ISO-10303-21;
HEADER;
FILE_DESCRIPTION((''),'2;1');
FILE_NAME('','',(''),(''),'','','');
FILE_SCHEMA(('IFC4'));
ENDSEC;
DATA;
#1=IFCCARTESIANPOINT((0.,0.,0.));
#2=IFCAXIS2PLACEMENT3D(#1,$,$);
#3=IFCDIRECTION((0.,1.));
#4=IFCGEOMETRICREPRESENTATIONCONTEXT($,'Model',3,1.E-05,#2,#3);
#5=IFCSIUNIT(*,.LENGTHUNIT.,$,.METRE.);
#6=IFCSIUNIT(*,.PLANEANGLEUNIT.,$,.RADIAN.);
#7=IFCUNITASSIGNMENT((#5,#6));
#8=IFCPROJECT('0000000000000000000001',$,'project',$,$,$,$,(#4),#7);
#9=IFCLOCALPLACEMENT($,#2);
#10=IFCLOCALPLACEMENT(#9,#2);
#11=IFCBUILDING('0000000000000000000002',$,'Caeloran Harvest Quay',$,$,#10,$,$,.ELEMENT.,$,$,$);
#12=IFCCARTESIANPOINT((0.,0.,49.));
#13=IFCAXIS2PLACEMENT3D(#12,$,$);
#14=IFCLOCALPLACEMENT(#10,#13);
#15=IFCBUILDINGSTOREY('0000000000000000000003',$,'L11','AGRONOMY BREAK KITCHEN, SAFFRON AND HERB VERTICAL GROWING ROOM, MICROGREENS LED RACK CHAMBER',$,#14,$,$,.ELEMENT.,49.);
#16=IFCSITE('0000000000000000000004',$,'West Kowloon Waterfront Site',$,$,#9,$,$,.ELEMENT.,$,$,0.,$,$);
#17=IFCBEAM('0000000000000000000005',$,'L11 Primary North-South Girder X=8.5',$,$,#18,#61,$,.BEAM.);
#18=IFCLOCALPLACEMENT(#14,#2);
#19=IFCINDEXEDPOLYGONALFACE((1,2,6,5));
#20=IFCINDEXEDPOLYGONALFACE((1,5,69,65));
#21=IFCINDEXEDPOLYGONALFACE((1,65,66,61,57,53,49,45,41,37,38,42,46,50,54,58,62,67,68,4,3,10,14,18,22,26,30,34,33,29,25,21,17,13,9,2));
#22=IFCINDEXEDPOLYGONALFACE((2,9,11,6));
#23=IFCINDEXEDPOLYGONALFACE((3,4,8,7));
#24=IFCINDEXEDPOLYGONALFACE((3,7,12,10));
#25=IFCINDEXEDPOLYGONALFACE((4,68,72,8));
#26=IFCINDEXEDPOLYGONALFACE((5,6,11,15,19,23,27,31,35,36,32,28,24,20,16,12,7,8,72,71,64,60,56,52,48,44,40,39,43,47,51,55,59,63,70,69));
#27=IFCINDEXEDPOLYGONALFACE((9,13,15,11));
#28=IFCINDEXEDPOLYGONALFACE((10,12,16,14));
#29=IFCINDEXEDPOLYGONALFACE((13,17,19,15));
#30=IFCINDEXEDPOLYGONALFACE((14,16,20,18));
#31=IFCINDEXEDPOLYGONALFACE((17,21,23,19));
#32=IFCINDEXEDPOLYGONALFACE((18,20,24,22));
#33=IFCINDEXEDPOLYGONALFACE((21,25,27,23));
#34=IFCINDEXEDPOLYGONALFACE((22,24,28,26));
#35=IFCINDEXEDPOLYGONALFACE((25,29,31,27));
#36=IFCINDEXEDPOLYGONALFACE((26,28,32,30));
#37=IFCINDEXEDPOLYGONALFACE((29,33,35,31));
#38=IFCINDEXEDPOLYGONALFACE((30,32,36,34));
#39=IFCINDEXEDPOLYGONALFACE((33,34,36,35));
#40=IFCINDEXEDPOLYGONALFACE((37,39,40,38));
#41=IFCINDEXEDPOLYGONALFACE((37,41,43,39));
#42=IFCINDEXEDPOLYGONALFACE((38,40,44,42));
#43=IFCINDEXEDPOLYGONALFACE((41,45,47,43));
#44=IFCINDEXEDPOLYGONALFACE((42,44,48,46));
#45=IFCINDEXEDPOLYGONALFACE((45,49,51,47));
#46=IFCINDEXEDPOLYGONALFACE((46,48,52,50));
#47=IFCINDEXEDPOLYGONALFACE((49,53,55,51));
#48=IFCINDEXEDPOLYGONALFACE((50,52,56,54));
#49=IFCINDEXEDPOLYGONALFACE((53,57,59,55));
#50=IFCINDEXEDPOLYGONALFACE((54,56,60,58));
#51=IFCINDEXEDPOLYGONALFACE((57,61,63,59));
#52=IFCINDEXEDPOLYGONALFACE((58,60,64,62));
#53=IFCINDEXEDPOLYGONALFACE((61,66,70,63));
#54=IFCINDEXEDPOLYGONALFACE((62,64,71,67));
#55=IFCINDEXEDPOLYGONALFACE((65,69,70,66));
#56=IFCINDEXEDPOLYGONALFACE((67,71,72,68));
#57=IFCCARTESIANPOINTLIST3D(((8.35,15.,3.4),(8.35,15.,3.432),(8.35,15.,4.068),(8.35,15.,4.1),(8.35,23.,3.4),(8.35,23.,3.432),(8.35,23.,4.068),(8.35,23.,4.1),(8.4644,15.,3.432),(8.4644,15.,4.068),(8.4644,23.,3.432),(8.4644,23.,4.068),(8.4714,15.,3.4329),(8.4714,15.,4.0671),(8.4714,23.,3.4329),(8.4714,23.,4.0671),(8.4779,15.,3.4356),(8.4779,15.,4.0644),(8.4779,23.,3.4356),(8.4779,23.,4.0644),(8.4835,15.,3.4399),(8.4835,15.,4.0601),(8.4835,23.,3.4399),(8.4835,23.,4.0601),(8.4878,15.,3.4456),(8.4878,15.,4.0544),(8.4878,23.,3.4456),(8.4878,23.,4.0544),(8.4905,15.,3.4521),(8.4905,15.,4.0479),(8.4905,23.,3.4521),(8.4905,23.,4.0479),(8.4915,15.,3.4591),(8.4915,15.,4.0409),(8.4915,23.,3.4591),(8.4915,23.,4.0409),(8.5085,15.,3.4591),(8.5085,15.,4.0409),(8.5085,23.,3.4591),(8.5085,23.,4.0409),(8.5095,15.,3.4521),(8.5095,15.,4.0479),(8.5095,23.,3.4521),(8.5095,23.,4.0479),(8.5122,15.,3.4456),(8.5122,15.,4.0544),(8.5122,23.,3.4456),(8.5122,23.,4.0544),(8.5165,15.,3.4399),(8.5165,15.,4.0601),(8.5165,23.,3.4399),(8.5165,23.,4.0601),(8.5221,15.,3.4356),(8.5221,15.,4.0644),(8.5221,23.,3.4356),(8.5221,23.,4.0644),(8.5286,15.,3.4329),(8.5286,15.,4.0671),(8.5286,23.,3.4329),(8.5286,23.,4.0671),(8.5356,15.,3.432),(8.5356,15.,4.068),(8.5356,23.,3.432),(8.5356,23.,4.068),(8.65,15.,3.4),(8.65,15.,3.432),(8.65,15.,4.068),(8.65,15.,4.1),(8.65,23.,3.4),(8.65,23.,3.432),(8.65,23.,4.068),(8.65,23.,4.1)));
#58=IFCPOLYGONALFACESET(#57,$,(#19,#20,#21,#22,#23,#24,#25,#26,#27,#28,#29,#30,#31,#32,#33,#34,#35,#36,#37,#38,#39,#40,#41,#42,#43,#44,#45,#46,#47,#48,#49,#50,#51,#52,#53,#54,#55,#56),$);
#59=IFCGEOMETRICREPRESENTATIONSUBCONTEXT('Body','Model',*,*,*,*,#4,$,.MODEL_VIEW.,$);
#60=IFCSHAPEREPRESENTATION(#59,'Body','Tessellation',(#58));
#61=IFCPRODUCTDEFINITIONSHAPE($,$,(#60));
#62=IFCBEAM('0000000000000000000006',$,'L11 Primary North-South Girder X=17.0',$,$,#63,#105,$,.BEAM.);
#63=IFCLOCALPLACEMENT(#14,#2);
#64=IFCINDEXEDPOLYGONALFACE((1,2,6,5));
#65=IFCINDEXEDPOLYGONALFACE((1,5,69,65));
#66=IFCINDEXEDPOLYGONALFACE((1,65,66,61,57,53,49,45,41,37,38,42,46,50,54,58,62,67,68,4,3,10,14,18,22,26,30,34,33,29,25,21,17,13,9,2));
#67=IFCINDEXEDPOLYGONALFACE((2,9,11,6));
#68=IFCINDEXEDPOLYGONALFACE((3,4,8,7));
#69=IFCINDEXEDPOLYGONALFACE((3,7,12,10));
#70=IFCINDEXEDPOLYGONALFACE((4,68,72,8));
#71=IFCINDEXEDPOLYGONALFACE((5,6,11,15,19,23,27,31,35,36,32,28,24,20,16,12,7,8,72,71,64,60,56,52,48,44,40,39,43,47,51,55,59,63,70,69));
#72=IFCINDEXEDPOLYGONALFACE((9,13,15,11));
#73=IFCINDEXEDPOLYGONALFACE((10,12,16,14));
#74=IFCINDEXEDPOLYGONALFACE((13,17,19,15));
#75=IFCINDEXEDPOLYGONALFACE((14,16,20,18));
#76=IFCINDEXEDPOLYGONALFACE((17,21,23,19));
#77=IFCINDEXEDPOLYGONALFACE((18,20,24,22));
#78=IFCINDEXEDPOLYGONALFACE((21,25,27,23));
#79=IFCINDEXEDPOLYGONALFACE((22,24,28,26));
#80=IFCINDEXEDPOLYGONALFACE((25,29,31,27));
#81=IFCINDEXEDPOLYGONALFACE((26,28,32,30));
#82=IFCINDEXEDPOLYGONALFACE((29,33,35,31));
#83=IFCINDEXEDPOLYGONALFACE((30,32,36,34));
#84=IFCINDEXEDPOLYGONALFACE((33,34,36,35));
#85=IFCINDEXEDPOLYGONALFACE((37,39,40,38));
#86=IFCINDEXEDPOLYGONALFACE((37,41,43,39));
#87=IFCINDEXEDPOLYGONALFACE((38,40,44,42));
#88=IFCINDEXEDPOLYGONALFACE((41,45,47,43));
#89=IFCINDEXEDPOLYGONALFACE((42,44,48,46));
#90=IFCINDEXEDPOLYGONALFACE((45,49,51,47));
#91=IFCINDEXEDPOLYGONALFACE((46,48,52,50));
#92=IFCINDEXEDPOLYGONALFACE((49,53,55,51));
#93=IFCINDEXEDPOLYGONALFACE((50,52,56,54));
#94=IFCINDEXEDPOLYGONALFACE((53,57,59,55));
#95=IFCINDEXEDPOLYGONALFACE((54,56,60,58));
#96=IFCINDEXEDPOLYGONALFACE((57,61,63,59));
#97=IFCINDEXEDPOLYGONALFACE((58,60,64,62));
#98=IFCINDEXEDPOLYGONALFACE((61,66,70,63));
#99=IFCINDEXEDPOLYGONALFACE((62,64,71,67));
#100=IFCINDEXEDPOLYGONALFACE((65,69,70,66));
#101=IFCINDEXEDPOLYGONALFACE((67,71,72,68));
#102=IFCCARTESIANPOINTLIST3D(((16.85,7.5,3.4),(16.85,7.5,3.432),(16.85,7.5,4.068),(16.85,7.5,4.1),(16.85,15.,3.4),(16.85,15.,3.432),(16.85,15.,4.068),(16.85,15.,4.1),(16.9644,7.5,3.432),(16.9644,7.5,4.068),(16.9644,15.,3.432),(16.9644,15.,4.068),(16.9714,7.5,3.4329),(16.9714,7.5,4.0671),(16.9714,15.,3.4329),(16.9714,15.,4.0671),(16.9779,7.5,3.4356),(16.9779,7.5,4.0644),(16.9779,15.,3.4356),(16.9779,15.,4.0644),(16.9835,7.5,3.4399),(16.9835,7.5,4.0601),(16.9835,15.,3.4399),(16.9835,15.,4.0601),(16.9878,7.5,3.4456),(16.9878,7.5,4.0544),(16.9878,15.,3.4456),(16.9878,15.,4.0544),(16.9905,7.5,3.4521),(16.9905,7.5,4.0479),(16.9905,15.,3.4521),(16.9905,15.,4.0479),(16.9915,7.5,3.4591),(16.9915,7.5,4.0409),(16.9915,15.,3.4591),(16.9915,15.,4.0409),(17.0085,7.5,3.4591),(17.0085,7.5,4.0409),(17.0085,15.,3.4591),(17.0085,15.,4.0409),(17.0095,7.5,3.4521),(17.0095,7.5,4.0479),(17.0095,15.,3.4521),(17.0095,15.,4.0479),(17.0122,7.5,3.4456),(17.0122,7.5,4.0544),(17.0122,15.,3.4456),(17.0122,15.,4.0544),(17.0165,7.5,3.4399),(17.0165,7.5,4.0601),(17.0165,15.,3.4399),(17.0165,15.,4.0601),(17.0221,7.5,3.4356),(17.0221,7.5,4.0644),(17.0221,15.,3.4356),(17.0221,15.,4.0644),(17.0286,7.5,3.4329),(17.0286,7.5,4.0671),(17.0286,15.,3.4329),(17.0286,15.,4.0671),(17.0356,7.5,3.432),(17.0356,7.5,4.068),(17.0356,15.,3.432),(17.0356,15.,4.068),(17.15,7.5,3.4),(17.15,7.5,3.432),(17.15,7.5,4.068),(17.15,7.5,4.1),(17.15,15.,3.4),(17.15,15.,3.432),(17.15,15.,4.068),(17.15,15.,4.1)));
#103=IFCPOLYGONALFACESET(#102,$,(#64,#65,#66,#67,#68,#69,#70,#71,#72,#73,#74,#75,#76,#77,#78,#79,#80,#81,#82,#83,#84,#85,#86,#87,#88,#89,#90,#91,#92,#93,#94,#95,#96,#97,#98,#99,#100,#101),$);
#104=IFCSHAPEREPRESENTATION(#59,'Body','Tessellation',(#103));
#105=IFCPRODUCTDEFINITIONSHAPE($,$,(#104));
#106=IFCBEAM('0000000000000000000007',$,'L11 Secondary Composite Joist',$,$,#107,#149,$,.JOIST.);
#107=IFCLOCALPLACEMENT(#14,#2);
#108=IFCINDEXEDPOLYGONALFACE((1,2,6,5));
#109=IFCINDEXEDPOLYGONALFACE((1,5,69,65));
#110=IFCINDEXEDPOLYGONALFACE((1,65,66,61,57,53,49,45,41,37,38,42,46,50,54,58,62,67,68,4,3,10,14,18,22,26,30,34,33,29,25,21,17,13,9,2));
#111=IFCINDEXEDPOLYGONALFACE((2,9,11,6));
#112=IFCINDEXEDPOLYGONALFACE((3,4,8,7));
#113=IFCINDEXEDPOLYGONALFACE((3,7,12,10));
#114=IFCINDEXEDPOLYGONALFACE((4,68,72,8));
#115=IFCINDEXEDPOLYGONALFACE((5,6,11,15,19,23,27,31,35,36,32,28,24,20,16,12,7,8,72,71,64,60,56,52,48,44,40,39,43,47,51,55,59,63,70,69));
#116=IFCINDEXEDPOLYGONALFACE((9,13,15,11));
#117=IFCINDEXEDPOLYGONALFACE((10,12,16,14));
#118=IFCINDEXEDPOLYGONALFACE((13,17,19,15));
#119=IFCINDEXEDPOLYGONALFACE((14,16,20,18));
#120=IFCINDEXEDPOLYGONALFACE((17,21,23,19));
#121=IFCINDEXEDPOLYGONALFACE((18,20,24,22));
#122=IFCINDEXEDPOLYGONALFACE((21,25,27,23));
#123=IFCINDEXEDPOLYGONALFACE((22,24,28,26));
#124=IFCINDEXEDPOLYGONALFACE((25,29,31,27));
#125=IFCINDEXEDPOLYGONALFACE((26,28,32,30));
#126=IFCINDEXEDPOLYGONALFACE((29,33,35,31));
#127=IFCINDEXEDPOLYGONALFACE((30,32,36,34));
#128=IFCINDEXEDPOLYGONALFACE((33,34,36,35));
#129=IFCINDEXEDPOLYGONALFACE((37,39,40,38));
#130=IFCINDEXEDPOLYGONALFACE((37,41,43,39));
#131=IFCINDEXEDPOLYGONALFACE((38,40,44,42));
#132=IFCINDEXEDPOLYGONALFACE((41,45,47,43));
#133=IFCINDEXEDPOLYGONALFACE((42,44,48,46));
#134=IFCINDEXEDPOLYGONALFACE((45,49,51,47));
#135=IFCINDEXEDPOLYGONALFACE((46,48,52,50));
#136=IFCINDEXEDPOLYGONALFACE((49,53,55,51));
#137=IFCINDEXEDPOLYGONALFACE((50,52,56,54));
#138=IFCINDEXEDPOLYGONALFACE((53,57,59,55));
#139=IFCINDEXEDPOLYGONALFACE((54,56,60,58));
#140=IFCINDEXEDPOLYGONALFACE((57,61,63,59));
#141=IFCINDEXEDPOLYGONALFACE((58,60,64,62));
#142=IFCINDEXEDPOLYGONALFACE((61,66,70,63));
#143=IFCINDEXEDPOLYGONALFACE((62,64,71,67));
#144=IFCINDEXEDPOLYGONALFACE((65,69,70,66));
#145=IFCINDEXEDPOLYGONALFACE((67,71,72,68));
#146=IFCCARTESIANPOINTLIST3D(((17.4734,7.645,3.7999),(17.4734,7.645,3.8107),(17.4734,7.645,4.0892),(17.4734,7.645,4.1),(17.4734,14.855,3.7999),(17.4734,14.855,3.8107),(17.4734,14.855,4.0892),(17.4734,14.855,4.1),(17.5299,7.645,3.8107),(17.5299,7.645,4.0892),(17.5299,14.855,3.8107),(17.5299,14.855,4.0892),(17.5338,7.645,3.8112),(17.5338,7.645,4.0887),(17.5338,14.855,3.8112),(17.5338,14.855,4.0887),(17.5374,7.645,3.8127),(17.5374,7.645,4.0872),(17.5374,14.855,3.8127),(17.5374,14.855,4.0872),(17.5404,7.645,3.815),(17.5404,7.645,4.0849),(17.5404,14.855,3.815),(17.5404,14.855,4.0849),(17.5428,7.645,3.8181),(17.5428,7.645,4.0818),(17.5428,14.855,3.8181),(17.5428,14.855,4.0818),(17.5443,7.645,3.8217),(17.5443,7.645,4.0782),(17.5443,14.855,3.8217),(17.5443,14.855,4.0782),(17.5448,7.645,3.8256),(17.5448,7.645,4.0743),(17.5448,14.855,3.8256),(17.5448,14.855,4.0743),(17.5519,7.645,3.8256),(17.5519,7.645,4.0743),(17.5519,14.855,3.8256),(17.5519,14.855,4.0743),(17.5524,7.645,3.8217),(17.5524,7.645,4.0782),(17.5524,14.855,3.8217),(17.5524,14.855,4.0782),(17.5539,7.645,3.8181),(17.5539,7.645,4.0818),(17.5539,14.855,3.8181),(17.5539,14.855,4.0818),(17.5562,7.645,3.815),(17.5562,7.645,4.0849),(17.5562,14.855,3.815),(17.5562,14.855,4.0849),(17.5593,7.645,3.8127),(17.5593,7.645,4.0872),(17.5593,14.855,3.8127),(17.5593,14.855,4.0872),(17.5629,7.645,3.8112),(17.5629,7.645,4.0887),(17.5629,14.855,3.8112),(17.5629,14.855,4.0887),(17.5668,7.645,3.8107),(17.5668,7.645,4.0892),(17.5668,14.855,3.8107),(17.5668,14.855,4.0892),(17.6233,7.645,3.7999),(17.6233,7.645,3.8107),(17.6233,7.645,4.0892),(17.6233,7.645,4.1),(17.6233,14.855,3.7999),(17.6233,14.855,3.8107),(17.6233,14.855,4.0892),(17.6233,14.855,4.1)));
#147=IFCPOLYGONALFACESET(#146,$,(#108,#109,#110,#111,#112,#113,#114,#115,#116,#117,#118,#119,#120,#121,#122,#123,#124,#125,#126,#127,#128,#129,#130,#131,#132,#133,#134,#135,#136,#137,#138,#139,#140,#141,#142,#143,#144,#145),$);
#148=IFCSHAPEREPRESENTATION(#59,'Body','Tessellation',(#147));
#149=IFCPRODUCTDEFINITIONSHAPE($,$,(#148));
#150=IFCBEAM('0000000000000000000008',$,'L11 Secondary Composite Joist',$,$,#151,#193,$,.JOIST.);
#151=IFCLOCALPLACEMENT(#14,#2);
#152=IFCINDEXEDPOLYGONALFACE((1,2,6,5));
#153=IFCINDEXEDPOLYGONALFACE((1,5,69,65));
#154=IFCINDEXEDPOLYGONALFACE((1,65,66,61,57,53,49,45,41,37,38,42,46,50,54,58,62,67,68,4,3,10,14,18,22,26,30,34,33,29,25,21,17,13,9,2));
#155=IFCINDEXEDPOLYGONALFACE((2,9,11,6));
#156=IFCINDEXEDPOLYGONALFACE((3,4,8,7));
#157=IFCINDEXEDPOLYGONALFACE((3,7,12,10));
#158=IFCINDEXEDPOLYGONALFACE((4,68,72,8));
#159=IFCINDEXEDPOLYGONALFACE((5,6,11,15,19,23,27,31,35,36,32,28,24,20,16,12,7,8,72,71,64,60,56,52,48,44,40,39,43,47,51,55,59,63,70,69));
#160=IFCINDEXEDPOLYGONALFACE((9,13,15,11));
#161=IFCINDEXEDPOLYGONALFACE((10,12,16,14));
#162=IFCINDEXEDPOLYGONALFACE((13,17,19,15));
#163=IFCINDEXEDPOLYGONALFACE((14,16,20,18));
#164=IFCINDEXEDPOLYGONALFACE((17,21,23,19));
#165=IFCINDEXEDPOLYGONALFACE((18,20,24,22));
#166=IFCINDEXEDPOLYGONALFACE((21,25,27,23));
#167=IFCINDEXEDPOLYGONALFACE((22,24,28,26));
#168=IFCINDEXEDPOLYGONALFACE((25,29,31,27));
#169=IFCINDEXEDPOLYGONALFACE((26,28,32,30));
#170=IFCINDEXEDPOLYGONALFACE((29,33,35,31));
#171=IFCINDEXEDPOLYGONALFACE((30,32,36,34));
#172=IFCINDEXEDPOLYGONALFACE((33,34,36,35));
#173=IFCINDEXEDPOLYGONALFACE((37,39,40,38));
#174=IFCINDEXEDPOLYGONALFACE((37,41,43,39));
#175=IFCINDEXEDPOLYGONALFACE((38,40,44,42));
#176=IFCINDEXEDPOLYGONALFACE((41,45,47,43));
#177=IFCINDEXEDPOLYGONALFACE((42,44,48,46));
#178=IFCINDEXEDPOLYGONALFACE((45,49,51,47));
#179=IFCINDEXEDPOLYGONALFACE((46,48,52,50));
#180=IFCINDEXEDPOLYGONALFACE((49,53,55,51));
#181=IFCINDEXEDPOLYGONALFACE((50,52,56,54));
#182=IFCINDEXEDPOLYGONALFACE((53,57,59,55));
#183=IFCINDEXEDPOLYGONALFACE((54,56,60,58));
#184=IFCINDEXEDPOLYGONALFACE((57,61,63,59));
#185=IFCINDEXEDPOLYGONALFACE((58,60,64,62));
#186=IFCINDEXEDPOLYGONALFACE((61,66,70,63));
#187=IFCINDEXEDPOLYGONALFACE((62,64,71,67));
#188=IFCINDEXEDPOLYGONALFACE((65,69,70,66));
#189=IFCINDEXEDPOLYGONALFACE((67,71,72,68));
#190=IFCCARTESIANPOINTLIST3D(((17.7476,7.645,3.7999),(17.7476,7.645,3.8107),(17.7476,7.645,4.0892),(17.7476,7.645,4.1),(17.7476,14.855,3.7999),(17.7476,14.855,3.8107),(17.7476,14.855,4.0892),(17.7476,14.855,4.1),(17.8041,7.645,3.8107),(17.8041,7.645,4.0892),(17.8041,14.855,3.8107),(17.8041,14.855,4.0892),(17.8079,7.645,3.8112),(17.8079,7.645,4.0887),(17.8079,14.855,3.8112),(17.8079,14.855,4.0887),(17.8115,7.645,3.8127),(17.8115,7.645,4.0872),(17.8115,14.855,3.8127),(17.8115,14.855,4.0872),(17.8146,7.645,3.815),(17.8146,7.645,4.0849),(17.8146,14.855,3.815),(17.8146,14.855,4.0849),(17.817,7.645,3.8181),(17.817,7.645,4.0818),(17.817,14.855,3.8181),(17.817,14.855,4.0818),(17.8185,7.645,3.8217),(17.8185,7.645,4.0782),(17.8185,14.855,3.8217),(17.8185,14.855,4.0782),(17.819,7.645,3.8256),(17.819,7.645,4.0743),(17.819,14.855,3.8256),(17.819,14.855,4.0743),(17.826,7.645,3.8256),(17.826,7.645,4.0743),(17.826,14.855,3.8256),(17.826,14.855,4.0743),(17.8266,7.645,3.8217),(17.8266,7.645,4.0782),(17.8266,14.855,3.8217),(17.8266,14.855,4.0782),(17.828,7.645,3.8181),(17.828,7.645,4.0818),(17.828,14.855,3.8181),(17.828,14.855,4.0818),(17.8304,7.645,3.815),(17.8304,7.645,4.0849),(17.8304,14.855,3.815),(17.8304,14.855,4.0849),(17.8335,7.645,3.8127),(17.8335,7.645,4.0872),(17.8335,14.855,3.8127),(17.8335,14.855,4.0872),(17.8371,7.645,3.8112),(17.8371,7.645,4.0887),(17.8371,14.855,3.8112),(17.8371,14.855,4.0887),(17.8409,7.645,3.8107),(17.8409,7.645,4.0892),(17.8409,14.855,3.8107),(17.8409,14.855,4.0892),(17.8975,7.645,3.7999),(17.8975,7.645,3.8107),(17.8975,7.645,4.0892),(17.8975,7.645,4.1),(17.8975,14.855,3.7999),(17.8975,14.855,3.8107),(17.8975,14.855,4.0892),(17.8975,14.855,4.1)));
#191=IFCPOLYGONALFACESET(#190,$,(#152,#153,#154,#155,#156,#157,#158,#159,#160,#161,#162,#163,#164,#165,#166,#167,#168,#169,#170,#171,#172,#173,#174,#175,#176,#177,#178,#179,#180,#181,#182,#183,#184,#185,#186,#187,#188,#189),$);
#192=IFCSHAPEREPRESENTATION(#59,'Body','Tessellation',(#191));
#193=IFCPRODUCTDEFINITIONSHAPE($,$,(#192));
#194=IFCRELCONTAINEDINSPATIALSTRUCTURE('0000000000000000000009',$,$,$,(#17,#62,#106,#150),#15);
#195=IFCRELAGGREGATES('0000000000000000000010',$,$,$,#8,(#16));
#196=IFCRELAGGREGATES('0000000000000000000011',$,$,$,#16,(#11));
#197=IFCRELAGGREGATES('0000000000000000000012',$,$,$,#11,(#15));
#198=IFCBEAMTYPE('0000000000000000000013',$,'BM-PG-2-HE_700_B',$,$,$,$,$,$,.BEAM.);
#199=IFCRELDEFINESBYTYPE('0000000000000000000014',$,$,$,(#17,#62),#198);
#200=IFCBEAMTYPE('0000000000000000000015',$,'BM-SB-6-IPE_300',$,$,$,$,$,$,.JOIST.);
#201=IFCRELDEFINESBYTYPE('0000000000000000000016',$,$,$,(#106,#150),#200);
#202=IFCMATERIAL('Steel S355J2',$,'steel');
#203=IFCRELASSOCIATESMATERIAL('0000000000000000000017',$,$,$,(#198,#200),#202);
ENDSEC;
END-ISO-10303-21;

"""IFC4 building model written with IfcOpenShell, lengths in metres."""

from ifc_helpers import new_model, si_unit, direction, frame, origin, origin_2d, place, context, subcontext, project, spatial, i_section, extrude, material, material_profile, profile_set, type_object, element, save


model = new_model("IFC4")

# Units and contexts
model_context = context("Model", 3, precision=1e-05, world=origin(), true_north=direction((0.0, 1.0)))
body_context = subcontext(model_context, "Body", "Model", "MODEL_VIEW")
ifc_project = project(units=[si_unit("LENGTHUNIT", "METRE"), si_unit("PLANEANGLEUNIT", "RADIAN")], contexts=[model_context])

# Site, building, storey
site_placement = place(None, origin())
site = spatial("IfcSite", under=ifc_project, at=site_placement, Name="West Kowloon Waterfront Site", CompositionType="ELEMENT", RefElevation=0.0)
building_placement = place(site_placement, origin())
building = spatial("IfcBuilding", under=site, at=building_placement, Name="Caeloran Harvest Quay", CompositionType="ELEMENT")
storey_placement = place(building_placement, frame((0.0, 0.0, 49.0)))
storey = spatial("IfcBuildingStorey", under=building, at=storey_placement, Name="L11", Description="AGRONOMY BREAK KITCHEN, SAFFRON AND HERB VERTICAL GROWING ROOM, MICROGREENS LED RACK CHAMBER", CompositionType="ELEMENT", Elevation=49.0)

# Beams
ifc_material_1 = material(Name="Steel S355J2", Category="steel")
ifc_material_profile_1 = material_profile(ifc_material_1, i_section(OverallWidth=0.3, OverallDepth=0.7, WebThickness=0.0171, FlangeThickness=0.032, FilletRadius=0.0271, at=origin_2d()), Name="HE 700 B")
ifc_profile_set_1 = profile_set([ifc_material_profile_1], Name="Steel S355J2")
beam_type_1 = type_object("IfcBeamType", Name="BM-PG-2-HE_700_B", PredefinedType="BEAM", material=ifc_profile_set_1)
beam_1_placement = place(storey_placement, frame((8.5, 15.0, 3.75), z_axis=(0.0, 1.0, 0.0), x_axis=(-1.0, 0.0, 0.0)))
element("IfcBeam", 1, at=beam_1_placement, inside=storey, type_object=beam_type_1, Name="L11 Primary North-South Girder X=8.5", PredefinedType="BEAM", context=body_context, shape_type="SweptSolid", body=[
    extrude(i_section(OverallWidth=0.3, OverallDepth=0.7, WebThickness=0.0171, FlangeThickness=0.032, FilletRadius=0.0271, at=origin_2d()), origin(), (0.0, 0.0, 1.0), 8.0),
])
beam_2_placement = place(storey_placement, frame((17.0, 7.5, 3.75), z_axis=(0.0, 1.0, 0.0), x_axis=(-1.0, 0.0, 0.0)))
element("IfcBeam", 2, at=beam_2_placement, inside=storey, type_object=beam_type_1, Name="L11 Primary North-South Girder X=17.0", PredefinedType="BEAM", context=body_context, shape_type="SweptSolid", body=[
    extrude(i_section(OverallWidth=0.3, OverallDepth=0.7, WebThickness=0.0171, FlangeThickness=0.032, FilletRadius=0.0271, at=origin_2d()), origin(), (0.0, 0.0, 1.0), 7.5),
])
ifc_material_profile_2 = material_profile(ifc_material_1, i_section(OverallWidth=0.1499, OverallDepth=0.3, WebThickness=0.0071, FlangeThickness=0.0107, FilletRadius=0.0149, at=origin_2d()), Name="IPE 300")
ifc_profile_set_2 = profile_set([ifc_material_profile_2], Name="Steel S355J2")
beam_type_2 = type_object("IfcBeamType", Name="BM-SB-6-IPE_300", PredefinedType="JOIST", material=ifc_profile_set_2)
for number, where, z_axis, x_axis, name in (
    (3, (17.5483, 7.645, 3.95), (0.0, 1.0, 0.0), (-1.0, 0.0, 0.0), "L11 Secondary Composite Joist"),
    (4, (17.8225, 7.645, 3.95), (0.0, 1.0, 0.0), (-1.0, 0.0, 0.0), "L11 Secondary Composite Joist"),
):
    element("IfcBeam", number, at=place(storey_placement, frame(where, z_axis=z_axis, x_axis=x_axis)), inside=storey, type_object=beam_type_2, Name=name, PredefinedType="JOIST", context=body_context, shape_type="SweptSolid", body=[
        extrude(i_section(OverallWidth=0.1499, OverallDepth=0.3, WebThickness=0.0071, FlangeThickness=0.0107, FilletRadius=0.0149, at=origin_2d()), origin(), (0.0, 0.0, 1.0), 7.21),
    ])

save(model, "model.ifc")
